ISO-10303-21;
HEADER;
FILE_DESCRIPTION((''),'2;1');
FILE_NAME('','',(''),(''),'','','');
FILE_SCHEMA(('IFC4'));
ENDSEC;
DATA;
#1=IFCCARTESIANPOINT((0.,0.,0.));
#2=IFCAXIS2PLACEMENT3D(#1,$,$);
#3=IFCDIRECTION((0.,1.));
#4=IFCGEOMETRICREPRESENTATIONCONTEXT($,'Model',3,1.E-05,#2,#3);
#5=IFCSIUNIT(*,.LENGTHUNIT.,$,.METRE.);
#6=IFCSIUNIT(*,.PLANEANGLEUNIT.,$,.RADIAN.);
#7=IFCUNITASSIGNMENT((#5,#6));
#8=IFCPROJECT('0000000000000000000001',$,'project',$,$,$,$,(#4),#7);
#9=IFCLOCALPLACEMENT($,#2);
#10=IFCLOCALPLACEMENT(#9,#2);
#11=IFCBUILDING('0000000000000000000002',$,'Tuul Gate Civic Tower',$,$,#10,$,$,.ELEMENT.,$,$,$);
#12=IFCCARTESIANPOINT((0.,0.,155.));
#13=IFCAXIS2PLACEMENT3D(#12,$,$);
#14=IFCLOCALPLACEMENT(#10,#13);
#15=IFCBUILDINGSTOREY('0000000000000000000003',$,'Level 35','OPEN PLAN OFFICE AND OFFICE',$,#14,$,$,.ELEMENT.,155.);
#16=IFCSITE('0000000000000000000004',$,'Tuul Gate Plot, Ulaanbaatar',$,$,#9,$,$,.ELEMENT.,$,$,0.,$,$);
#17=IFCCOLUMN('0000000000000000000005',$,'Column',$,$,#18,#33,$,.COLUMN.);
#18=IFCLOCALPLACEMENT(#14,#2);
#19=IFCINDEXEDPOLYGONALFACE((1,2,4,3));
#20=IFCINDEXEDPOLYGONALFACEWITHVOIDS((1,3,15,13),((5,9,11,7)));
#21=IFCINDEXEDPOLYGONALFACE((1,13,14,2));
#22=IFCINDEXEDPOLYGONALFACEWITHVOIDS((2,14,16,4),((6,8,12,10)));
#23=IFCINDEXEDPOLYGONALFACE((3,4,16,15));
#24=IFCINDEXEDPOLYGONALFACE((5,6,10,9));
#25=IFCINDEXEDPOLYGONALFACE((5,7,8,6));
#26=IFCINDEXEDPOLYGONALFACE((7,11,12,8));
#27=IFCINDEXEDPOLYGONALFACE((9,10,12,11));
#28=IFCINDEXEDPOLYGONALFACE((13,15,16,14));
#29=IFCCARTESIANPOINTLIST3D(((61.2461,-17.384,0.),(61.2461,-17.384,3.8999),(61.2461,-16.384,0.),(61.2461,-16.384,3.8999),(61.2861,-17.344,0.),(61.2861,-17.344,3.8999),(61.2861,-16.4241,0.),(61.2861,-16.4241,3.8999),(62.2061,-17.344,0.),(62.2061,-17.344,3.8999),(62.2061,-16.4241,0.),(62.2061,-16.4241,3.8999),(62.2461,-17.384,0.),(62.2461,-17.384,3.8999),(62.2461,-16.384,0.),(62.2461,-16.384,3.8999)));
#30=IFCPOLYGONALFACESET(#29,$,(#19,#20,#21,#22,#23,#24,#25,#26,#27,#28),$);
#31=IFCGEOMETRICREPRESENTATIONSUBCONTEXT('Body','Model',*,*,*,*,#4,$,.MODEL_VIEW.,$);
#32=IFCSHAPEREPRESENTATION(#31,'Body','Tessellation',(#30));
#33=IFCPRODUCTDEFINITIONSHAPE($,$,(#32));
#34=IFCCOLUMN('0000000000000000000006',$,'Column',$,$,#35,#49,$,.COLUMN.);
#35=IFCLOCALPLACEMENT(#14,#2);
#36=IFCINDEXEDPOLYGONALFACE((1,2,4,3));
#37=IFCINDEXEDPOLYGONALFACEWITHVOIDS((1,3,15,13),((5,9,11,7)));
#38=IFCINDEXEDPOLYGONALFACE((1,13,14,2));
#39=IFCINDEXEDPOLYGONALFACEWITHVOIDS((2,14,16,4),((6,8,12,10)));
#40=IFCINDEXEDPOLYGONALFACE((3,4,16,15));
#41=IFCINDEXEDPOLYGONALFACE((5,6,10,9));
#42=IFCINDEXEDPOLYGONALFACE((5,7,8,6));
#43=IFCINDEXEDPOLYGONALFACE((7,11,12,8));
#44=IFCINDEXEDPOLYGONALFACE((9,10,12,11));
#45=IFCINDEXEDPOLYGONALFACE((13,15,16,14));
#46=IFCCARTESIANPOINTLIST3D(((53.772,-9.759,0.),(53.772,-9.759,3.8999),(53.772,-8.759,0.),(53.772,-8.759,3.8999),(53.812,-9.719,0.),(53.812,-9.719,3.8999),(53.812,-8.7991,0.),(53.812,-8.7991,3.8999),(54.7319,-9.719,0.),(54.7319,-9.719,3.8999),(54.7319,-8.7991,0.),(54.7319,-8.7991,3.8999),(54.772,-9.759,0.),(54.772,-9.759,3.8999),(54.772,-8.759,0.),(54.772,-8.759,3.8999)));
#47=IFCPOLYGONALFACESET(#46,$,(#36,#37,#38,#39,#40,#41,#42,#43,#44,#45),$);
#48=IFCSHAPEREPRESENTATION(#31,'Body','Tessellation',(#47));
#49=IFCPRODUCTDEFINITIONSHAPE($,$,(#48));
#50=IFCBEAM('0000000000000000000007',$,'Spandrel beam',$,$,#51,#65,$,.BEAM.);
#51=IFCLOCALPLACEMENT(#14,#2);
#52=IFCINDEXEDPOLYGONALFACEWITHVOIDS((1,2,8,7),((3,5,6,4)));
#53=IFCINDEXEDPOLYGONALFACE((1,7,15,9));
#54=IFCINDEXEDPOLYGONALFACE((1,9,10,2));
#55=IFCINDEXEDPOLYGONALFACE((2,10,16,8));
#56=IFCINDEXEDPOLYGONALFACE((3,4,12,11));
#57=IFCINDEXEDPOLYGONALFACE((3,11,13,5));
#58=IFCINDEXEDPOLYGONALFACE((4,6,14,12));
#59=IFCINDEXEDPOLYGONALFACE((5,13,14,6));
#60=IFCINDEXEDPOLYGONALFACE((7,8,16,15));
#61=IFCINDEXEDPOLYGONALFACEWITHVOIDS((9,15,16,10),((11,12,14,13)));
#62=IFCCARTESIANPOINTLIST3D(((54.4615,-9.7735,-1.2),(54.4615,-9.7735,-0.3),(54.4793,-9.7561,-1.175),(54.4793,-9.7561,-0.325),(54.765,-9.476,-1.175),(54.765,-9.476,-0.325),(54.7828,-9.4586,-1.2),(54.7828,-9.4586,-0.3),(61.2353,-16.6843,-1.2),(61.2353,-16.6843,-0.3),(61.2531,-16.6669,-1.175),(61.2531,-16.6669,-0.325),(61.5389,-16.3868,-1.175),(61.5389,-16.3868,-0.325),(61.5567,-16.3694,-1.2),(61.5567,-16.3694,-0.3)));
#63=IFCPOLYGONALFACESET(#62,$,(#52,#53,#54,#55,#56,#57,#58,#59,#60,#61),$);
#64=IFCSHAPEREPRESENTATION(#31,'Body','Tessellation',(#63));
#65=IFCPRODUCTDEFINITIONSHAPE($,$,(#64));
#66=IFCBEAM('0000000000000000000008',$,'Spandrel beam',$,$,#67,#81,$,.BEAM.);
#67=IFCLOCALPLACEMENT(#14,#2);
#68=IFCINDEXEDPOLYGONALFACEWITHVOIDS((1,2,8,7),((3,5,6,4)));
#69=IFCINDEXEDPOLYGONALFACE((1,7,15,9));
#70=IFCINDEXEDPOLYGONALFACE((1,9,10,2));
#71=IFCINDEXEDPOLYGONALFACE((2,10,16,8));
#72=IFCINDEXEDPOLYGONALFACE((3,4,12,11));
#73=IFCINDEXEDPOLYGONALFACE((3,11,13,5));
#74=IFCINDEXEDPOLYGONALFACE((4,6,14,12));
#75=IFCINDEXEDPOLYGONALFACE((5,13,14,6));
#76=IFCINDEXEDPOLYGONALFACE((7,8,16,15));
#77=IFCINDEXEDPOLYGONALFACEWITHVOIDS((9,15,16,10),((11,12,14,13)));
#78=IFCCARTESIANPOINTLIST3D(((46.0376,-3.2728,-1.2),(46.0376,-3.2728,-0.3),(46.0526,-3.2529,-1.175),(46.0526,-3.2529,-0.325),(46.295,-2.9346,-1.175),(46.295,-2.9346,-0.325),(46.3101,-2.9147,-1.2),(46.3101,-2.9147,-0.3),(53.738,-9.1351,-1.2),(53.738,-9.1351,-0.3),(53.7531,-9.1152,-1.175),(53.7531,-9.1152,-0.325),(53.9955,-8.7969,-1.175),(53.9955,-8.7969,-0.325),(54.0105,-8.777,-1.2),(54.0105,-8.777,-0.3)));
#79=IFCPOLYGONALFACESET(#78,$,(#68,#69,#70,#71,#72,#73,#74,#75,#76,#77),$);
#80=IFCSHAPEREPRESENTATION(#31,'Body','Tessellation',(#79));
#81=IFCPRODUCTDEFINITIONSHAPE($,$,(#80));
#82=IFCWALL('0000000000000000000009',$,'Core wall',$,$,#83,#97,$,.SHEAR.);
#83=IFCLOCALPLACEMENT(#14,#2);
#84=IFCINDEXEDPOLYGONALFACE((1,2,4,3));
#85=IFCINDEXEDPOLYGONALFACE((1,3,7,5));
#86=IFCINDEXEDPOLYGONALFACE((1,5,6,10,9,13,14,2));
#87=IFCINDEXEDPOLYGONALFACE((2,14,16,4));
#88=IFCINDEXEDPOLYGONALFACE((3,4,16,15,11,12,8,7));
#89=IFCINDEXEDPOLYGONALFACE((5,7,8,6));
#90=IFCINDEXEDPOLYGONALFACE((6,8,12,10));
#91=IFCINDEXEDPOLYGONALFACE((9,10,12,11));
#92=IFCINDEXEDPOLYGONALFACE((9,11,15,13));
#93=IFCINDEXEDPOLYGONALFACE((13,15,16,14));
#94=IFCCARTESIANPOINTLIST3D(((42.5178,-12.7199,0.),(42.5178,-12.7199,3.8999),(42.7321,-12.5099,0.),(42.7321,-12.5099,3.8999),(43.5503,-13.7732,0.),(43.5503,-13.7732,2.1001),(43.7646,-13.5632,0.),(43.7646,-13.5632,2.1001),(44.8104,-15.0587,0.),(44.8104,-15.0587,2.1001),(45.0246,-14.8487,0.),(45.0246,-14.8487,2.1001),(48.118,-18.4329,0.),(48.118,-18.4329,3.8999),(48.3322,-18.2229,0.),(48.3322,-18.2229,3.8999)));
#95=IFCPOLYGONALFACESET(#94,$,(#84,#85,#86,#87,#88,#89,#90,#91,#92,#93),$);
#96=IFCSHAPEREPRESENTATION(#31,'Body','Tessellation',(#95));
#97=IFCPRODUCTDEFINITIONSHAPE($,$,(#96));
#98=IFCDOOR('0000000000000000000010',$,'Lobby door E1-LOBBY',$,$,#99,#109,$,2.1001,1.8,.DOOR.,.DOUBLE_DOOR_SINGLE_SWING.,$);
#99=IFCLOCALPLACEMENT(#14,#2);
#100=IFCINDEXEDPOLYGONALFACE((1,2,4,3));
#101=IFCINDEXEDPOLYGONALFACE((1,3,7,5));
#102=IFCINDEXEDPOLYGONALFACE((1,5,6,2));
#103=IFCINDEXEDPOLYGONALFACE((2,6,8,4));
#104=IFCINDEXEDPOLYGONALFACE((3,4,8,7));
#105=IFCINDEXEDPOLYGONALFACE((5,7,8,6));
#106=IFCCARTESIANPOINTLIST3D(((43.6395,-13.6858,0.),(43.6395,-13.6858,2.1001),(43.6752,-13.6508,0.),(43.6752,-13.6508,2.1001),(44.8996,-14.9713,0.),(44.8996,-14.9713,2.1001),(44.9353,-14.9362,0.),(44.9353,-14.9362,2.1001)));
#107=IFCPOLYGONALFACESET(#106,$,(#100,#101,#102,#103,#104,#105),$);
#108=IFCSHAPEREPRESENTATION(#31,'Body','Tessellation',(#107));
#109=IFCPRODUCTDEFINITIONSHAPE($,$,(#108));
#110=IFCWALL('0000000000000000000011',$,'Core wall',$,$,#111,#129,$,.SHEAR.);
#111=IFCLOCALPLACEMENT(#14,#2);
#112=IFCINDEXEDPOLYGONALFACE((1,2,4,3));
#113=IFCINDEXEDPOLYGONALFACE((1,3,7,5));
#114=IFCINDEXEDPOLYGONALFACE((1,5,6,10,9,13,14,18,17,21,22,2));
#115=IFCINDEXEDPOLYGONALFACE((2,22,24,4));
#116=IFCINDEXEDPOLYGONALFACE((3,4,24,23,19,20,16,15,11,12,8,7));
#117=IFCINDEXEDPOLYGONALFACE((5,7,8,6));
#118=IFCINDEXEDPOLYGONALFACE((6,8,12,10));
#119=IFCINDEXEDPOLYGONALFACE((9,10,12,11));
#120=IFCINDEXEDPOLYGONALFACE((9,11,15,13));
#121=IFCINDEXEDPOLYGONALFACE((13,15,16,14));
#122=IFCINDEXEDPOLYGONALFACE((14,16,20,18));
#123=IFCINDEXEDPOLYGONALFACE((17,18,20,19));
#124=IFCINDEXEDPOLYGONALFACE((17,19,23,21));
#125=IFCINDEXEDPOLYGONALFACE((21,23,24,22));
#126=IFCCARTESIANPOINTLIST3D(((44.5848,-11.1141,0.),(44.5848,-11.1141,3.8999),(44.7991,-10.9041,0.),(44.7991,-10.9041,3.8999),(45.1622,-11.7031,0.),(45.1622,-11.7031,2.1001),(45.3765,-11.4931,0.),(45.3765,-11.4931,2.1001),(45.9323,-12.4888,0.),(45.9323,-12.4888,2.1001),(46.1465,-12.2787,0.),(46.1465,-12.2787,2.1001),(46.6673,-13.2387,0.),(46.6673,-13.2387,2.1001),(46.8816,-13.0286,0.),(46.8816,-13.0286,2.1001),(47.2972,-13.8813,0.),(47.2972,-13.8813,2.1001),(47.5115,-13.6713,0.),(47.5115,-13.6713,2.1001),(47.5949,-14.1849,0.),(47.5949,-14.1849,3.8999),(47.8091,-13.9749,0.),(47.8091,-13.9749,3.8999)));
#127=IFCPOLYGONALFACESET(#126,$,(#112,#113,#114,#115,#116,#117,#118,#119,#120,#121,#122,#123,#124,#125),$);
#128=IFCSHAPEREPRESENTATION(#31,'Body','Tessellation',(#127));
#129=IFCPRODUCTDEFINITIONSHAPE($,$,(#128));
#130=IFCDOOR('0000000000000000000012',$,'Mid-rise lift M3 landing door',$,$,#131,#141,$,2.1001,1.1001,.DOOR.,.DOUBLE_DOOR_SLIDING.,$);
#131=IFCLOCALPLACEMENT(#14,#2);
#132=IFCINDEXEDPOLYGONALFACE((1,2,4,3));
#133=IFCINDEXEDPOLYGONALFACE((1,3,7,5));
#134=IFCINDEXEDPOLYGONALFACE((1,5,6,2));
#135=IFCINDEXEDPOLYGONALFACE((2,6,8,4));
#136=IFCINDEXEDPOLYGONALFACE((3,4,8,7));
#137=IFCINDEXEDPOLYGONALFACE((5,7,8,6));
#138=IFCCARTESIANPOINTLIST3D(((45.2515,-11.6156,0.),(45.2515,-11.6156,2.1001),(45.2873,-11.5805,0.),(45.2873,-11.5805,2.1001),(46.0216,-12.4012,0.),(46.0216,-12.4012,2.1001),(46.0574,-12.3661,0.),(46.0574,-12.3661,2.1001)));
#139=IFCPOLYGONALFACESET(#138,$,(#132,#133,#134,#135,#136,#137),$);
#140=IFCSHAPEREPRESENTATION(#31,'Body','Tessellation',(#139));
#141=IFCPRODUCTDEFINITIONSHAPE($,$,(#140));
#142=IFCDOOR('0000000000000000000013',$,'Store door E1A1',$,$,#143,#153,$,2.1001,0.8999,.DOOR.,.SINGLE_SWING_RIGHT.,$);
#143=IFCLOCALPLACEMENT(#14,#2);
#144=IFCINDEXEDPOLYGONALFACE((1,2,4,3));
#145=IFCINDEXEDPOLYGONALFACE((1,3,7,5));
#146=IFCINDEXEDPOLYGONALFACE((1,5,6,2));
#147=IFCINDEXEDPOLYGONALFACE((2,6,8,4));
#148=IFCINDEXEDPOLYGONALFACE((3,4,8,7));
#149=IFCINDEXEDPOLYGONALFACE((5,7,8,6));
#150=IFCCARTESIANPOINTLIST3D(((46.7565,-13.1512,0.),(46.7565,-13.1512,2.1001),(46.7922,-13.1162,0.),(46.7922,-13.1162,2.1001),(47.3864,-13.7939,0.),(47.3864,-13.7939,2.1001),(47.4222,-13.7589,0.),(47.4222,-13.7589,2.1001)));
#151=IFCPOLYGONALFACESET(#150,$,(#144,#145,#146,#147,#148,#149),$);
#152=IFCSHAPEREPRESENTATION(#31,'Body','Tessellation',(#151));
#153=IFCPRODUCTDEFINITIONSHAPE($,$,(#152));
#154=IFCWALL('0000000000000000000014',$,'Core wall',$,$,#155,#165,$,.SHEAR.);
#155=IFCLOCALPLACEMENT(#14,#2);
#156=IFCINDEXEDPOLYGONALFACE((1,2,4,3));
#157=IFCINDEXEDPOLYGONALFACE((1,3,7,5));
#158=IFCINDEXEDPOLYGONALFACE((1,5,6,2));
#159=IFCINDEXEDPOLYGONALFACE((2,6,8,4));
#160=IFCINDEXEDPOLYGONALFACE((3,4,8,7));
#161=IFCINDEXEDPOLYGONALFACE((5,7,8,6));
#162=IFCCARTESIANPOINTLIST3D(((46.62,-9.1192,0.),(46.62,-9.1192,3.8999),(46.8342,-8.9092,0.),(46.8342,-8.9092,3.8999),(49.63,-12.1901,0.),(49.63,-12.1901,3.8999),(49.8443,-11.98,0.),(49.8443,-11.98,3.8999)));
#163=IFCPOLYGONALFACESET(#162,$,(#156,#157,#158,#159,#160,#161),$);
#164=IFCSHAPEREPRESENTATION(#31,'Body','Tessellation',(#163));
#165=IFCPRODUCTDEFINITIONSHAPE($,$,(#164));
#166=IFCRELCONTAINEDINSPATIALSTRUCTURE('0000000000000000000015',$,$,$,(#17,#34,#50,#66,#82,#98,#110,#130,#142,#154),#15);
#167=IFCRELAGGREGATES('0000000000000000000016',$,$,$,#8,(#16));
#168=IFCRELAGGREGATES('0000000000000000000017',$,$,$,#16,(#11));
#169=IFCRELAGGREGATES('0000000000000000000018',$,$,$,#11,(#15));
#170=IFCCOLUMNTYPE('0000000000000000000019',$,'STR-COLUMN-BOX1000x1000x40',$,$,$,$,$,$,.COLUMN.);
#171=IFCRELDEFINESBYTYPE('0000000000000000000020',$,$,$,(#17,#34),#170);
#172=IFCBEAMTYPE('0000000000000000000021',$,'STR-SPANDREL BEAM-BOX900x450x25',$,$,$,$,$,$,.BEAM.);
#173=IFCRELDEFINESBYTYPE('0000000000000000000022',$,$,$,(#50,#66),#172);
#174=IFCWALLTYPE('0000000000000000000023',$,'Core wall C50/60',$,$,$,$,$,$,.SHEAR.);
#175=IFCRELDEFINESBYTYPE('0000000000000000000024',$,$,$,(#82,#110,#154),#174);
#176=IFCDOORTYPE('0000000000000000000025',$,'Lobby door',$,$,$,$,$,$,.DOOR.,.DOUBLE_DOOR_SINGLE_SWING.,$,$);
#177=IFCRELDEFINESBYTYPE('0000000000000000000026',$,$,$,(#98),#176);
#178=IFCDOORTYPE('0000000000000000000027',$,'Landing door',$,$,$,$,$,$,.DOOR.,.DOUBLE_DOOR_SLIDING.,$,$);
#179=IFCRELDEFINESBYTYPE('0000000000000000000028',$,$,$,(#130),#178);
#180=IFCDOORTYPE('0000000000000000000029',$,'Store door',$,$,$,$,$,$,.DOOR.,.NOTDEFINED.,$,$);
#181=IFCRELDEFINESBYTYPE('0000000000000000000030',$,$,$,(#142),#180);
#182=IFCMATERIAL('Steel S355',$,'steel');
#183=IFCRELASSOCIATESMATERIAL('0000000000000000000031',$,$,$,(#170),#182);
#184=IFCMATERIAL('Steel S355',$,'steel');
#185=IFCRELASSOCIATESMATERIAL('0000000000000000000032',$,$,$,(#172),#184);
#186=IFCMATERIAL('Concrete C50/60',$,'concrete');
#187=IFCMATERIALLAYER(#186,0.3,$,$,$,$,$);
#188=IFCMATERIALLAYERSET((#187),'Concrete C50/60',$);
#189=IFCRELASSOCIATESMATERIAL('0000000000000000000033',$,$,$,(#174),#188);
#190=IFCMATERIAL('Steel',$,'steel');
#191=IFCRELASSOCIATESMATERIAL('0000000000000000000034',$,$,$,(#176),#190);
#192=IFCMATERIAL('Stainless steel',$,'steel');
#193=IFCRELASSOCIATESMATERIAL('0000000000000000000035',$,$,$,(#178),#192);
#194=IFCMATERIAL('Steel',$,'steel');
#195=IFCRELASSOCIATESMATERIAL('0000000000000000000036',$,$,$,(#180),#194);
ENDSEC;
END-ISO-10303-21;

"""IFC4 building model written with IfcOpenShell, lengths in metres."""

from ifc_helpers import new_model, si_unit, direction, frame, frame_2d, origin, origin_2d, place, context, subcontext, project, spatial, rectangle, hollow_rectangle, extrude, material, layer, layer_set, material_profile, profile_set, type_object, element, fill, save


model = new_model("IFC4")

# Units and contexts
model_context = context("Model", 3, precision=1e-05, world=origin(), true_north=direction((0.0, 1.0)))
body_context = subcontext(model_context, "Body", "Model", "MODEL_VIEW")
ifc_project = project(units=[si_unit("LENGTHUNIT", "METRE"), si_unit("PLANEANGLEUNIT", "RADIAN")], contexts=[model_context])

# Site, building, storey
site_placement = place(None, origin())
site = spatial("IfcSite", under=ifc_project, at=site_placement, Name="Tuul Gate Plot, Ulaanbaatar", CompositionType="ELEMENT", RefElevation=0.0)
building_placement = place(site_placement, origin())
building = spatial("IfcBuilding", under=site, at=building_placement, Name="Tuul Gate Civic Tower", CompositionType="ELEMENT")
storey_placement = place(building_placement, frame((0.0, 0.0, 155.0)))
storey = spatial("IfcBuildingStorey", under=building, at=storey_placement, Name="Level 35", Description="OPEN PLAN OFFICE AND OFFICE", CompositionType="ELEMENT", Elevation=155.0)

# Columns
ifc_material_1 = material(Name="Steel S355", Category="steel")
ifc_material_profile_1 = material_profile(ifc_material_1, hollow_rectangle(XDim=1.0, YDim=1.0, WallThickness=0.04, at=origin_2d()), Name="BOX1000x1000x40")
ifc_profile_set_1 = profile_set([ifc_material_profile_1], Name="Steel S355")
column_type = type_object("IfcColumnType", Name="STR-COLUMN-BOX1000x1000x40", PredefinedType="COLUMN", material=ifc_profile_set_1)
for number, where, z_axis, x_axis, name in (
    (1, (61.7461, -16.884, 0.0), (0.0, 0.0, 1.0), (1.0, 0.0, 0.0), "Column"),
    (2, (54.272, -9.259, 0.0), (0.0, 0.0, 1.0), (1.0, 0.0, 0.0), "Column"),
):
    element("IfcColumn", number, at=place(storey_placement, frame(where, z_axis=z_axis, x_axis=x_axis)), inside=storey, type_object=column_type, Name=name, PredefinedType="COLUMN", context=body_context, shape_type="SweptSolid", body=[
        extrude(hollow_rectangle(XDim=1.0, YDim=1.0, WallThickness=0.04, at=origin_2d()), origin(), (0.0, 0.0, 1.0), 3.8999),
    ])

# Beams
ifc_material_2 = material(Name="Steel S355", Category="steel")
ifc_material_profile_2 = material_profile(ifc_material_2, hollow_rectangle(XDim=0.45, YDim=0.8999, WallThickness=0.0249, at=origin_2d()), Name="BOX900x450x25")
ifc_profile_set_2 = profile_set([ifc_material_profile_2], Name="Steel S355")
beam_type = type_object("IfcBeamType", Name="STR-SPANDREL BEAM-BOX900x450x25", PredefinedType="BEAM", material=ifc_profile_set_2)
beam_1_placement = place(storey_placement, frame((61.396, -16.5269, -0.75), z_axis=(-0.699995, 0.714148, 0.0), x_axis=(-0.714148, -0.699995, 0.0)))
element("IfcBeam", 3, at=beam_1_placement, inside=storey, type_object=beam_type, Name="Spandrel beam", PredefinedType="BEAM", context=body_context, shape_type="SweptSolid", body=[
    extrude(hollow_rectangle(XDim=0.45, YDim=0.8999, WallThickness=0.0249, at=origin_2d()), origin(), (0.0, 0.0, 1.0), 9.677),
])
beam_2_placement = place(storey_placement, frame((53.8743, -8.9561, -0.75), z_axis=(-0.795666, 0.605736, 0.0), x_axis=(-0.605736, -0.795666, 0.0)))
element("IfcBeam", 4, at=beam_2_placement, inside=storey, type_object=beam_type, Name="Spandrel beam", PredefinedType="BEAM", context=body_context, shape_type="SweptSolid", body=[
    extrude(hollow_rectangle(XDim=0.45, YDim=0.8999, WallThickness=0.0249, at=origin_2d()), origin(), (0.0, 0.0, 1.0), 9.678),
])

# Wall, opening, door
ifc_material_3 = material(Name="Concrete C50/60", Category="concrete")
ifc_layer_1 = layer(ifc_material_3, 0.3)
ifc_layer_set_1 = layer_set([ifc_layer_1], Name="Concrete C50/60")
wall_type_1 = type_object("IfcWallType", Name="Core wall C50/60", PredefinedType="SHEAR", material=ifc_layer_set_1)
wall_1_placement = place(storey_placement, frame((48.2251, -18.3279, 0.0), z_axis=(0.0, 0.0, 1.0), x_axis=(-0.700022, 0.714121, 0.0)))
wall_1 = element("IfcWall", 5, at=wall_1_placement, inside=storey, type_object=wall_type_1, Name="Core wall", PredefinedType="SHEAR", context=body_context, shape_type="SweptSolid", body=[
    extrude(rectangle(XDim=8.0, YDim=0.3, at=frame_2d((4.0, 0.0))), origin(), (0.0, 0.0, 1.0), 3.8999),
])
opening_1_placement = place(wall_1_placement, frame((4.7251, 0.0, 0.0)))
opening_1 = element("IfcOpeningElement", 6, at=opening_1_placement, cuts=wall_1, PredefinedType="OPENING", context=body_context, shape_type="SweptSolid", body=[
    extrude(rectangle(XDim=1.8, YDim=2.1001, at=frame_2d((0.8999, 1.05))), frame((0.0, 0.1602, 0.0), z_axis=(0.0, -1.0, 0.0), x_axis=(1.0, 0.0, 0.0)), (0.0, 0.0, 1.0), 0.3201),
])
ifc_material_4 = material(Name="Steel", Category="steel")
door_type_1 = type_object("IfcDoorType", Name="Lobby door", OperationType="DOUBLE_DOOR_SINGLE_SWING", PredefinedType="DOOR", material=ifc_material_4)
door_1_placement = place(opening_1_placement, frame((1.8, 0.0, 0.0), z_axis=(0.0, 0.0, 1.0), x_axis=(-1.0, 0.0, 0.0)))
door_1 = element("IfcDoor", 7, at=door_1_placement, inside=storey, type_object=door_type_1, Name="Lobby door E1-LOBBY", OperationType="DOUBLE_DOOR_SINGLE_SWING", OverallHeight=2.1001, OverallWidth=1.8, PredefinedType="DOOR", context=body_context, shape_type="SweptSolid", body=[
    extrude(rectangle(XDim=1.8, YDim=2.1001, at=frame_2d((0.9001, 1.05))), frame((0.0, 0.0249, 0.0), z_axis=(0.0, -1.0, 0.0), x_axis=(1.0, 0.0, 0.0)), (0.0, 0.0, 1.0), 0.05),
])
fill(opening_1, door_1)

# Wall, openings, doors
wall_2_placement = place(storey_placement, frame((47.7019, -14.0798, 0.0), z_axis=(0.0, 0.0, 1.0), x_axis=(-0.700003, 0.71414, 0.0)))
wall_2 = element("IfcWall", 8, at=wall_2_placement, inside=storey, type_object=wall_type_1, Name="Core wall", PredefinedType="SHEAR", context=body_context, shape_type="SweptSolid", body=[
    extrude(rectangle(XDim=4.3, YDim=0.3, at=frame_2d((2.1499, 0.0))), origin(), (0.0, 0.0, 1.0), 3.8999),
])
opening_2_placement = place(wall_2_placement, frame((0.425, 0.0, 0.0)))
opening_2 = element("IfcOpeningElement", 9, at=opening_2_placement, cuts=wall_2, PredefinedType="OPENING", context=body_context, shape_type="SweptSolid", body=[
    extrude(rectangle(XDim=0.8999, YDim=2.1001, at=frame_2d((0.45, 1.05))), frame((0.0, 0.1602, 0.0), z_axis=(0.0, -1.0, 0.0), x_axis=(1.0, 0.0, 0.0)), (0.0, 0.0, 1.0), 0.3201),
])
opening_3_placement = place(wall_2_placement, frame((2.375, 0.0, 0.0)))
opening_3 = element("IfcOpeningElement", 10, at=opening_3_placement, cuts=wall_2, PredefinedType="OPENING", context=body_context, shape_type="SweptSolid", body=[
    extrude(rectangle(XDim=1.1001, YDim=2.1001, at=frame_2d((0.55, 1.05))), frame((0.0, 0.1602, 0.0), z_axis=(0.0, -1.0, 0.0), x_axis=(1.0, 0.0, 0.0)), (0.0, 0.0, 1.0), 0.3201),
])
ifc_material_5 = material(Name="Stainless steel", Category="steel")
door_type_2 = type_object("IfcDoorType", Name="Landing door", OperationType="DOUBLE_DOOR_SLIDING", PredefinedType="DOOR", material=ifc_material_5)
door_2_placement = place(opening_3_placement, origin())
door_2 = element("IfcDoor", 11, at=door_2_placement, inside=storey, type_object=door_type_2, Name="Mid-rise lift M3 landing door", OperationType="DOUBLE_DOOR_SLIDING", OverallHeight=2.1001, OverallWidth=1.1001, PredefinedType="DOOR", context=body_context, shape_type="SweptSolid", body=[
    extrude(rectangle(XDim=1.1001, YDim=2.1001, at=frame_2d((0.55, 1.05))), frame((0.0, 0.0249, 0.0), z_axis=(0.0, -1.0, 0.0), x_axis=(1.0, 0.0, 0.0)), (0.0, 0.0, 1.0), 0.05),
])
fill(opening_3, door_2)
ifc_material_6 = material(Name="Steel", Category="steel")
door_type_3 = type_object("IfcDoorType", Name="Store door", OperationType="NOTDEFINED", PredefinedType="DOOR", material=ifc_material_6)
door_3_placement = place(opening_2_placement, frame((0.8999, 0.0, 0.0), z_axis=(0.0, 0.0, 1.0), x_axis=(-1.0, 0.0, 0.0)))
door_3 = element("IfcDoor", 12, at=door_3_placement, inside=storey, type_object=door_type_3, Name="Store door E1A1", OperationType="SINGLE_SWING_RIGHT", OverallHeight=2.1001, OverallWidth=0.8999, PredefinedType="DOOR", context=body_context, shape_type="SweptSolid", body=[
    extrude(rectangle(XDim=0.8999, YDim=2.1001, at=frame_2d((0.45, 1.05))), frame((0.0, 0.0249, 0.0), z_axis=(0.0, -1.0, 0.0), x_axis=(1.0, 0.0, 0.0)), (0.0, 0.0, 1.0), 0.05),
])
fill(opening_2, door_3)

# Wall
wall_3_placement = place(storey_placement, frame((49.7371, -12.085, 0.0), z_axis=(0.0, 0.0, 1.0), x_axis=(-0.700003, 0.71414, 0.0)))
element("IfcWall", 13, at=wall_3_placement, inside=storey, type_object=wall_type_1, Name="Core wall", PredefinedType="SHEAR", context=body_context, shape_type="SweptSolid", body=[
    extrude(rectangle(XDim=4.3, YDim=0.3, at=frame_2d((2.1499, 0.0))), origin(), (0.0, 0.0, 1.0), 3.8999),
])

save(model, "model.ifc")
